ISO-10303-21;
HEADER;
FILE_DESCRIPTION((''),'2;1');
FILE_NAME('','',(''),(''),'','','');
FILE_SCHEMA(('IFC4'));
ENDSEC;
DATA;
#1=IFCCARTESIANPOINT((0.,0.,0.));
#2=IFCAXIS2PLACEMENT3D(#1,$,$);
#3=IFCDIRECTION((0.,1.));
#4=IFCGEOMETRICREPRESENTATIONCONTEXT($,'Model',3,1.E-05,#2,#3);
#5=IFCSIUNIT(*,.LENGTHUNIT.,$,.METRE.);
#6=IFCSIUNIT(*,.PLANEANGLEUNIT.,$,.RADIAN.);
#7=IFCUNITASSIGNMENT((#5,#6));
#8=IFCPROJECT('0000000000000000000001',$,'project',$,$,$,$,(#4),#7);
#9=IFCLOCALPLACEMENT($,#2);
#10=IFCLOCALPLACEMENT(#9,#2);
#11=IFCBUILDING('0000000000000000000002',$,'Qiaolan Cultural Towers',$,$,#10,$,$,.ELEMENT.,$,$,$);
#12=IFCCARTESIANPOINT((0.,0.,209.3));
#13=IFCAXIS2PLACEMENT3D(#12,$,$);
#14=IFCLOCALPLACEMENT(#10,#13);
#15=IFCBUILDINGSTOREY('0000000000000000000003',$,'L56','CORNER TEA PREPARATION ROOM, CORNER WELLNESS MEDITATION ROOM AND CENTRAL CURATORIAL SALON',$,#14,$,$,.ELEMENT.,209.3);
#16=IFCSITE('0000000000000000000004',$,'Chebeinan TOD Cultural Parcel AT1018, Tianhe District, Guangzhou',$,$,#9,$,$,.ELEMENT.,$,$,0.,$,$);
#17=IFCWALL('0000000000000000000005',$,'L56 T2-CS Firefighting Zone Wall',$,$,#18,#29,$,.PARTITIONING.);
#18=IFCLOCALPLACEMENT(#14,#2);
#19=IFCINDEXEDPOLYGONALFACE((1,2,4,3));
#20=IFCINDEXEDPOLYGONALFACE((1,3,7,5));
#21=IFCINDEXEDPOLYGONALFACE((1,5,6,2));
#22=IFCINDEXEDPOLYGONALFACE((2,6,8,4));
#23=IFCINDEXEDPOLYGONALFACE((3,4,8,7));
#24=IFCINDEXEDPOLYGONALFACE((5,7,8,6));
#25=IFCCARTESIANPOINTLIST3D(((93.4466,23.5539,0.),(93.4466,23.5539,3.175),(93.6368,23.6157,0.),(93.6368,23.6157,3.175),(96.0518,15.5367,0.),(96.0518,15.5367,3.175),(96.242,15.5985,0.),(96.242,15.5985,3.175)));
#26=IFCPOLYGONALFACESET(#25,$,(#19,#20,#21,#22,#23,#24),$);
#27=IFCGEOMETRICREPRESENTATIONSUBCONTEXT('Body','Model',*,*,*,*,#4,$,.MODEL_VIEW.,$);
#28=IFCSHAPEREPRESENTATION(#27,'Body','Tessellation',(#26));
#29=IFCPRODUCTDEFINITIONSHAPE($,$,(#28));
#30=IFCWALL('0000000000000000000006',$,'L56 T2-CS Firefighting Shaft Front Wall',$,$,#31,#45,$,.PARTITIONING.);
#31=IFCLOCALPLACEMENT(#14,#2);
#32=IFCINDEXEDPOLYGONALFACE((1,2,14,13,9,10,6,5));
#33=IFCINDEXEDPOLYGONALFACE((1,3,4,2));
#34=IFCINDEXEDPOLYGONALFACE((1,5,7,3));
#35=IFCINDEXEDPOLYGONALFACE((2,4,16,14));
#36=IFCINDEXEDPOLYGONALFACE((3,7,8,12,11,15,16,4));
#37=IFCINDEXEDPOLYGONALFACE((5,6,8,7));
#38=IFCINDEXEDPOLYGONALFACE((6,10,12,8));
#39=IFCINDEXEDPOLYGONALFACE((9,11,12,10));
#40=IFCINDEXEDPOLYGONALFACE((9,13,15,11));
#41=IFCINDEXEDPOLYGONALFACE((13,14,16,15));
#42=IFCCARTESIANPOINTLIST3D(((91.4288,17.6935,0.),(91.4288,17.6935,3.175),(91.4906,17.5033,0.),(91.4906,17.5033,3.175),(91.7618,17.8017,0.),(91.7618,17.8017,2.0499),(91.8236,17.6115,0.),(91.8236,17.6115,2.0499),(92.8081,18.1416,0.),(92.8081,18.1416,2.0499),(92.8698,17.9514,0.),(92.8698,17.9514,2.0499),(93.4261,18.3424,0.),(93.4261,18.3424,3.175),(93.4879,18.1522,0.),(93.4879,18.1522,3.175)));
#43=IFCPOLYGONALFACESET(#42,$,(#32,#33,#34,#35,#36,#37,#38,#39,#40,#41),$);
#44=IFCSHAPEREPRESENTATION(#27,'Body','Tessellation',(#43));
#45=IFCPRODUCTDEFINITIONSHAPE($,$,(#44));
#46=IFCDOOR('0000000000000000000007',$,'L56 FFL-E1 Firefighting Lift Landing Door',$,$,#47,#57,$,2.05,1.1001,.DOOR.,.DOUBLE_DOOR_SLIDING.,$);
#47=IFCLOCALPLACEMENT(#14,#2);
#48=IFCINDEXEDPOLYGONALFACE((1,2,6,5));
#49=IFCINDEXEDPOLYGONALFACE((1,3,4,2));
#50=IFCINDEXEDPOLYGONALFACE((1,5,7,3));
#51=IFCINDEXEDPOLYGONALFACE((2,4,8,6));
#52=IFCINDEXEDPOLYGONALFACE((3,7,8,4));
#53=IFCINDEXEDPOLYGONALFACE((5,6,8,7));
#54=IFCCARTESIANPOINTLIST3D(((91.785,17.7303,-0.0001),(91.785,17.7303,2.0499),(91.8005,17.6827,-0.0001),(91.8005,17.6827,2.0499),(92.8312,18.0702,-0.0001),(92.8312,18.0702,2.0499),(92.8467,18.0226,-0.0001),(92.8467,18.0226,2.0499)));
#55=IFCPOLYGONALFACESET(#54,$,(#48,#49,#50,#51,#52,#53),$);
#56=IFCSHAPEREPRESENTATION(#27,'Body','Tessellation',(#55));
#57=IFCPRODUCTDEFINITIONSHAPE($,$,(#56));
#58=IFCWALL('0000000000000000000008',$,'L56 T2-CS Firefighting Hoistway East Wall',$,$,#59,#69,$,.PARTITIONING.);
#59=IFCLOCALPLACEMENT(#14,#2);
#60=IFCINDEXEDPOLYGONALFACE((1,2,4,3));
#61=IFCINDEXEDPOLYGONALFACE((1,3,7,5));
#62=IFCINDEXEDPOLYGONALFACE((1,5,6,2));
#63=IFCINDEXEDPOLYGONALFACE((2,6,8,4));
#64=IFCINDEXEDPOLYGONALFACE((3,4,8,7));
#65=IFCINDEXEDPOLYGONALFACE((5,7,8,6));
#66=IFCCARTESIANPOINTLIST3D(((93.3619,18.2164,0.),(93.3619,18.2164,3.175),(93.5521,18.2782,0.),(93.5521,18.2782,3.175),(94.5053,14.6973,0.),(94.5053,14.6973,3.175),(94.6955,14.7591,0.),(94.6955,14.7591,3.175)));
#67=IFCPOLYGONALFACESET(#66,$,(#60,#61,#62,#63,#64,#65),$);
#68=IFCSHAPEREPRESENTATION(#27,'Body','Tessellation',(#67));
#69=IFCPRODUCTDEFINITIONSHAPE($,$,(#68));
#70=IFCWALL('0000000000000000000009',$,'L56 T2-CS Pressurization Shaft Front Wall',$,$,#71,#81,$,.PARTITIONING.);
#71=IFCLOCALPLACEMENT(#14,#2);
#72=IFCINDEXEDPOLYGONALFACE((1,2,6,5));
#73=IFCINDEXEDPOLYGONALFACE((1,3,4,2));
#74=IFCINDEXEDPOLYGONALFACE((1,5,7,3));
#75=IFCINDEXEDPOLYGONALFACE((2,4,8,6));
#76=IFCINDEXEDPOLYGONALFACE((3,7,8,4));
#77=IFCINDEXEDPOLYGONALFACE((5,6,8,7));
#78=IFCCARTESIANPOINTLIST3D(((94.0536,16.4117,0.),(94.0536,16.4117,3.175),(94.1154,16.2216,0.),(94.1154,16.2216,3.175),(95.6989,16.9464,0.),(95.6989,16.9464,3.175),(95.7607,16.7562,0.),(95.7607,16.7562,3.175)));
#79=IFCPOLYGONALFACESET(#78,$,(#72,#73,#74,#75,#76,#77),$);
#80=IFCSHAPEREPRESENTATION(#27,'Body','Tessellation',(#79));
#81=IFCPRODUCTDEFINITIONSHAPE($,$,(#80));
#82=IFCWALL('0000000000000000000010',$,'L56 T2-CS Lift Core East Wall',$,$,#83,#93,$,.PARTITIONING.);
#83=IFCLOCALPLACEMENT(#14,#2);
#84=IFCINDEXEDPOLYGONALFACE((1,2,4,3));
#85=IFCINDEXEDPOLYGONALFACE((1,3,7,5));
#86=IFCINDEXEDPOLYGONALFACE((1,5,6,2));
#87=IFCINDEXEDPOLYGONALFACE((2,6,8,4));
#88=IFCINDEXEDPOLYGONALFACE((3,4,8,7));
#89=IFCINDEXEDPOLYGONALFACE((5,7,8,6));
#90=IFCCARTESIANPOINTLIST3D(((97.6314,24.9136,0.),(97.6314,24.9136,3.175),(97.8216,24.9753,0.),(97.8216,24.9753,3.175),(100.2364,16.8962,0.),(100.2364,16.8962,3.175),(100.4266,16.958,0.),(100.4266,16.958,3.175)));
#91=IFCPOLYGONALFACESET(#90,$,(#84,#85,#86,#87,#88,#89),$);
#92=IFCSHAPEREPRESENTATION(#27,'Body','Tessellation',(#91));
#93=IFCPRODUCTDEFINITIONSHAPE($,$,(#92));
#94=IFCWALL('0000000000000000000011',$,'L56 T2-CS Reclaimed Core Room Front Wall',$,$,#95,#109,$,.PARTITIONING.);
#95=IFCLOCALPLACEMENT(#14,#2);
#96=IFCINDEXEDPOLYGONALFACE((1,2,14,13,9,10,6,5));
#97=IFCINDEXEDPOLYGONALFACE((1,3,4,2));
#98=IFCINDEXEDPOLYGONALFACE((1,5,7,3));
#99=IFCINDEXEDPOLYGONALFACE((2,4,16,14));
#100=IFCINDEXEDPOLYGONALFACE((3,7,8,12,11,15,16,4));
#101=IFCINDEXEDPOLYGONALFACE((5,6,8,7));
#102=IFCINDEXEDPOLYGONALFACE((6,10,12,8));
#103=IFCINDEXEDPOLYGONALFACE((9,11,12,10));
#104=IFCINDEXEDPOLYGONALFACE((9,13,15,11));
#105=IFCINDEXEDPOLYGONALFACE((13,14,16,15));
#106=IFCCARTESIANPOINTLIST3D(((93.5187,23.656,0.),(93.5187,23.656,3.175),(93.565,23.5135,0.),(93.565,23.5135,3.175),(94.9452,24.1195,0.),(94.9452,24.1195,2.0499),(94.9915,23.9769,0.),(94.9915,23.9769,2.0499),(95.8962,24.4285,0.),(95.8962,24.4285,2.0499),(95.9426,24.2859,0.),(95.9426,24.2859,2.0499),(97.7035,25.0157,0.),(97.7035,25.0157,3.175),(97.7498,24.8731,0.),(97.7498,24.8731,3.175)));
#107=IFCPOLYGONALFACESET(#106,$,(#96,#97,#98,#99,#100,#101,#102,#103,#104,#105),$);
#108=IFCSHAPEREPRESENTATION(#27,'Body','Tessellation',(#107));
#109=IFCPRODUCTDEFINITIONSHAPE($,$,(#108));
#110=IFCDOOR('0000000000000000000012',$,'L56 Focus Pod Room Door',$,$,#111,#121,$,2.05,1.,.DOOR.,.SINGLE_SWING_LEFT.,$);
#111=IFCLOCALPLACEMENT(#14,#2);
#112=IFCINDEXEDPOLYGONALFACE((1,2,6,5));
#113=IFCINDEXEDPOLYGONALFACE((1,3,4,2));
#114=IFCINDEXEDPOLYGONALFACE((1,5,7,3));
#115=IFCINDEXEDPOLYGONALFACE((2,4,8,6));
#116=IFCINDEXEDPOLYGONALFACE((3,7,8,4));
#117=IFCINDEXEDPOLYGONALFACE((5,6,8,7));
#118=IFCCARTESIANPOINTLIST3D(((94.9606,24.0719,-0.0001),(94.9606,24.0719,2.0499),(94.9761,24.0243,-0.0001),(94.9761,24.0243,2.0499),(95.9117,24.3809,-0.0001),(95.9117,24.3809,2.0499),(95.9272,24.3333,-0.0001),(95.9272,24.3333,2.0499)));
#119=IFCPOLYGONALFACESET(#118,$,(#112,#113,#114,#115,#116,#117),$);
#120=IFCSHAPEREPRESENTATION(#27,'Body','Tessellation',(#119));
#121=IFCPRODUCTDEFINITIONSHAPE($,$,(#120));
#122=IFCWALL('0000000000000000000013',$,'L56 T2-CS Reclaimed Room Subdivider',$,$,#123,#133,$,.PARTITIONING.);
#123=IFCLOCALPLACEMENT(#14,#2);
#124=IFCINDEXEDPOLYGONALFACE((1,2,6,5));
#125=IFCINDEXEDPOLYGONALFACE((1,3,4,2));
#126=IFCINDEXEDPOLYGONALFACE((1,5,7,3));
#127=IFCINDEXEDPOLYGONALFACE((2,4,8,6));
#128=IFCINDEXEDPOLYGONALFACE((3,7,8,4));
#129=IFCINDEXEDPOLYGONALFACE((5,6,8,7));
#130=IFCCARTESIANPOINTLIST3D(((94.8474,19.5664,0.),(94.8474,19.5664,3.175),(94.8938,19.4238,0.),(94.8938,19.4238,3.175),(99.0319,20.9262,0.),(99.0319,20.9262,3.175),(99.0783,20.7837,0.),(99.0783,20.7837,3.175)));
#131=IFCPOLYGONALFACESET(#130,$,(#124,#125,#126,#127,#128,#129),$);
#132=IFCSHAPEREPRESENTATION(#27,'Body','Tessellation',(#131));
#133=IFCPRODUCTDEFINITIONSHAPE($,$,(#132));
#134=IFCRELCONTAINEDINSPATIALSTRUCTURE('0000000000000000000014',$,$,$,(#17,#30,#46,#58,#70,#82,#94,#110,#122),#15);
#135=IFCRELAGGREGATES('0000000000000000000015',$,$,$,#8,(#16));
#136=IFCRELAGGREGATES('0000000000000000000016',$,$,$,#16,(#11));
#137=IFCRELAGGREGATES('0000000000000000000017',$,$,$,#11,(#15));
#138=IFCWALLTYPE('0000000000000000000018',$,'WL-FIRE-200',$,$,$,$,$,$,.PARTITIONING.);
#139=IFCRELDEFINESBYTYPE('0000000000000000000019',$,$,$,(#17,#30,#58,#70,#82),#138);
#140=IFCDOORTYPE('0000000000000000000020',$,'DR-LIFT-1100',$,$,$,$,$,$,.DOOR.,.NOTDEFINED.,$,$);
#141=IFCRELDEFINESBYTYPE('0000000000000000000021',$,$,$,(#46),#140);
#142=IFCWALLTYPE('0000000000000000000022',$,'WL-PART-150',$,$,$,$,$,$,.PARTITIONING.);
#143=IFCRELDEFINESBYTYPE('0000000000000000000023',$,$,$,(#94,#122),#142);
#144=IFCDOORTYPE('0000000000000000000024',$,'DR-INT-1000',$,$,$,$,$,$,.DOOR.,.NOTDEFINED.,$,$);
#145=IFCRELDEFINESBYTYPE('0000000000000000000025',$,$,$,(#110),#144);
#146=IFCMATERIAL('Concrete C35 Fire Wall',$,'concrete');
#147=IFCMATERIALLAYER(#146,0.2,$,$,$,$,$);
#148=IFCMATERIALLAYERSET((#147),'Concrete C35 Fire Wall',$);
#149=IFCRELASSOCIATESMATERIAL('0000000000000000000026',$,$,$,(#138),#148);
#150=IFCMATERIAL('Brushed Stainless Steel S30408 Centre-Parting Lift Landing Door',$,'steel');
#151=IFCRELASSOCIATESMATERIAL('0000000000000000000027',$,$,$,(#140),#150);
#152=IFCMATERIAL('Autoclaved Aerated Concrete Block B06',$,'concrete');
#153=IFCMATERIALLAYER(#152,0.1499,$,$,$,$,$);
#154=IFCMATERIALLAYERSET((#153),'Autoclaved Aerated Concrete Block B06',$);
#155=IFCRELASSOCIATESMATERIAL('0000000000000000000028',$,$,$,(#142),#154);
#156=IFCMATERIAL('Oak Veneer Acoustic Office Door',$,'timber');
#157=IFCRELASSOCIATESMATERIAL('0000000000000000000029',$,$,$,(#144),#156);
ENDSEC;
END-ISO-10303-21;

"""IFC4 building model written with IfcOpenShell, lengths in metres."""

from ifc_helpers import new_model, si_unit, direction, frame, frame_2d, origin, place, context, subcontext, project, spatial, rectangle, extrude, material, layer, layer_set, type_object, element, fill, save


model = new_model("IFC4")

# Units and contexts
model_context = context("Model", 3, precision=1e-05, world=origin(), true_north=direction((0.0, 1.0)))
body_context = subcontext(model_context, "Body", "Model", "MODEL_VIEW")
ifc_project = project(units=[si_unit("LENGTHUNIT", "METRE"), si_unit("PLANEANGLEUNIT", "RADIAN")], contexts=[model_context])

# Site, building, storey
site_placement = place(None, origin())
site = spatial("IfcSite", under=ifc_project, at=site_placement, Name="Chebeinan TOD Cultural Parcel AT1018, Tianhe District, Guangzhou", CompositionType="ELEMENT", RefElevation=0.0)
building_placement = place(site_placement, origin())
building = spatial("IfcBuilding", under=site, at=building_placement, Name="Qiaolan Cultural Towers", CompositionType="ELEMENT")
storey_placement = place(building_placement, frame((0.0, 0.0, 209.3)))
storey = spatial("IfcBuildingStorey", under=building, at=storey_placement, Name="L56", Description="CORNER TEA PREPARATION ROOM, CORNER WELLNESS MEDITATION ROOM AND CENTRAL CURATORIAL SALON", CompositionType="ELEMENT", Elevation=209.3)

# Wall
ifc_material_1 = material(Name="Concrete C35 Fire Wall", Category="concrete")
ifc_layer_1 = layer(ifc_material_1, 0.2)
ifc_layer_set_1 = layer_set([ifc_layer_1], Name="Concrete C35 Fire Wall")
wall_type_1 = type_object("IfcWallType", Name="WL-FIRE-200", PredefinedType="PARTITIONING", material=ifc_layer_set_1)
wall_1_placement = place(storey_placement, frame((93.5417, 23.5847, 0.0), z_axis=(0.0, 0.0, 1.0), x_axis=(0.309042, -0.951048, 0.0)))
element("IfcWall", 1, at=wall_1_placement, inside=storey, type_object=wall_type_1, Name="L56 T2-CS Firefighting Zone Wall", PredefinedType="PARTITIONING", context=body_context, shape_type="SweptSolid", body=[
    extrude(rectangle(XDim=8.4299, YDim=0.2, at=frame_2d((4.2148, 0.0))), origin(), (0.0, 0.0, 1.0), 3.175),
])

# Wall, opening, door
wall_2_placement = place(storey_placement, frame((91.4597, 17.5984, 0.0), z_axis=(0.0, 0.0, 1.0), x_axis=(0.951062, 0.308999, 0.0)))
wall_2 = element("IfcWall", 2, at=wall_2_placement, inside=storey, type_object=wall_type_1, Name="L56 T2-CS Firefighting Shaft Front Wall", PredefinedType="PARTITIONING", context=body_context, shape_type="SweptSolid", body=[
    extrude(rectangle(XDim=2.1001, YDim=0.2, at=frame_2d((1.05, 0.0))), origin(), (0.0, 0.0, 1.0), 3.175),
])
opening_1_placement = place(wall_2_placement, frame((0.3501, 0.0, 0.0)))
opening_1 = element("IfcOpeningElement", 3, at=opening_1_placement, cuts=wall_2, PredefinedType="OPENING", context=body_context, shape_type="SweptSolid", body=[
    extrude(rectangle(XDim=1.1001, YDim=2.05, at=frame_2d((0.55, 1.0249))), frame((0.0, 0.1099, 0.0), z_axis=(0.0, -1.0, 0.0), x_axis=(1.0, 0.0, 0.0)), (0.0, 0.0, 1.0), 0.22),
])
ifc_material_2 = material(Name="Brushed Stainless Steel S30408 Centre-Parting Lift Landing Door", Category="steel")
door_type_1 = type_object("IfcDoorType", Name="DR-LIFT-1100", OperationType="NOTDEFINED", PredefinedType="DOOR", material=ifc_material_2)
door_1_placement = place(opening_1_placement, origin())
door_1 = element("IfcDoor", 4, at=door_1_placement, inside=storey, type_object=door_type_1, Name="L56 FFL-E1 Firefighting Lift Landing Door", OperationType="DOUBLE_DOOR_SLIDING", OverallHeight=2.05, OverallWidth=1.1001, PredefinedType="DOOR", context=body_context, shape_type="SweptSolid", body=[
    extrude(rectangle(XDim=1.1001, YDim=2.05, at=frame_2d((0.55, 1.0249))), frame((0.0, 0.0249, 0.0), z_axis=(0.0, -1.0, 0.0), x_axis=(1.0, 0.0, 0.0)), (0.0, 0.0, 1.0), 0.05),
])
fill(opening_1, door_1)

# Walls
wall_3_placement = place(storey_placement, frame((93.457, 18.2473, 0.0), z_axis=(0.0, 0.0, 1.0), x_axis=(0.308994, -0.951064, 0.0)))
element("IfcWall", 5, at=wall_3_placement, inside=storey, type_object=wall_type_1, Name="L56 T2-CS Firefighting Hoistway East Wall", PredefinedType="PARTITIONING", context=body_context, shape_type="SweptSolid", body=[
    extrude(rectangle(XDim=3.7002, YDim=0.2, at=frame_2d((1.8501, 0.0))), origin(), (0.0, 0.0, 1.0), 3.175),
])
wall_4_placement = place(storey_placement, frame((94.0845, 16.3167, 0.0), z_axis=(0.0, 0.0, 1.0), x_axis=(0.951041, 0.309064, 0.0)))
element("IfcWall", 6, at=wall_4_placement, inside=storey, type_object=wall_type_1, Name="L56 T2-CS Pressurization Shaft Front Wall", PredefinedType="PARTITIONING", context=body_context, shape_type="SweptSolid", body=[
    extrude(rectangle(XDim=1.73, YDim=0.2, at=frame_2d((0.865, 0.0))), origin(), (0.0, 0.0, 1.0), 3.175),
])
wall_5_placement = place(storey_placement, frame((97.7266, 24.9443, 0.0), z_axis=(0.0, 0.0, 1.0), x_axis=(0.309016, -0.951057, 0.0)))
element("IfcWall", 7, at=wall_5_placement, inside=storey, type_object=wall_type_1, Name="L56 T2-CS Lift Core East Wall", PredefinedType="PARTITIONING", context=body_context, shape_type="SweptSolid", body=[
    extrude(rectangle(XDim=8.4299, YDim=0.2, at=frame_2d((4.2148, 0.0))), origin(), (0.0, 0.0, 1.0), 3.175),
])

# Wall, opening, door
ifc_material_3 = material(Name="Autoclaved Aerated Concrete Block B06", Category="concrete")
ifc_layer_2 = layer(ifc_material_3, 0.1499)
ifc_layer_set_2 = layer_set([ifc_layer_2], Name="Autoclaved Aerated Concrete Block B06")
wall_type_2 = type_object("IfcWallType", Name="WL-PART-150", PredefinedType="PARTITIONING", material=ifc_layer_set_2)
wall_6_placement = place(storey_placement, frame((93.5417, 23.5847, 0.0), z_axis=(0.0, 0.0, 1.0), x_axis=(0.951064, 0.308994, 0.0)))
wall_6 = element("IfcWall", 8, at=wall_6_placement, inside=storey, type_object=wall_type_2, Name="L56 T2-CS Reclaimed Core Room Front Wall", PredefinedType="PARTITIONING", context=body_context, shape_type="SweptSolid", body=[
    extrude(rectangle(XDim=4.4001, YDim=0.1499, at=frame_2d((2.2002, 0.0))), origin(), (0.0, 0.0, 1.0), 3.175),
])
opening_2_placement = place(wall_6_placement, frame((1.5, 0.0, 0.0)))
opening_2 = element("IfcOpeningElement", 9, at=opening_2_placement, cuts=wall_6, PredefinedType="OPENING", context=body_context, shape_type="SweptSolid", body=[
    extrude(rectangle(XDim=1.0, YDim=2.05, at=frame_2d((0.5, 1.0249))), frame((0.0, 0.085, 0.0), z_axis=(0.0, -1.0, 0.0), x_axis=(1.0, 0.0, 0.0)), (0.0, 0.0, 1.0), 0.1699),
])
ifc_material_4 = material(Name="Oak Veneer Acoustic Office Door", Category="timber")
door_type_2 = type_object("IfcDoorType", Name="DR-INT-1000", OperationType="NOTDEFINED", PredefinedType="DOOR", material=ifc_material_4)
door_2_placement = place(opening_2_placement, origin())
door_2 = element("IfcDoor", 10, at=door_2_placement, inside=storey, type_object=door_type_2, Name="L56 Focus Pod Room Door", OperationType="SINGLE_SWING_LEFT", OverallHeight=2.05, OverallWidth=1.0, PredefinedType="DOOR", context=body_context, shape_type="SweptSolid", body=[
    extrude(rectangle(XDim=1.0, YDim=2.05, at=frame_2d((0.5, 1.0249))), frame((0.0, 0.0249, 0.0), z_axis=(0.0, -1.0, 0.0), x_axis=(1.0, 0.0, 0.0)), (0.0, 0.0, 1.0), 0.05),
])
fill(opening_2, door_2)

# Wall
wall_7_placement = place(storey_placement, frame((94.8706, 19.4951, 0.0), z_axis=(0.0, 0.0, 1.0), x_axis=(0.951042, 0.309061, 0.0)))
element("IfcWall", 11, at=wall_7_placement, inside=storey, type_object=wall_type_2, Name="L56 T2-CS Reclaimed Room Subdivider", PredefinedType="PARTITIONING", context=body_context, shape_type="SweptSolid", body=[
    extrude(rectangle(XDim=4.3999, YDim=0.1499, at=frame_2d((2.2, 0.0))), origin(), (0.0, 0.0, 1.0), 3.175),
])

save(model, "model.ifc")
